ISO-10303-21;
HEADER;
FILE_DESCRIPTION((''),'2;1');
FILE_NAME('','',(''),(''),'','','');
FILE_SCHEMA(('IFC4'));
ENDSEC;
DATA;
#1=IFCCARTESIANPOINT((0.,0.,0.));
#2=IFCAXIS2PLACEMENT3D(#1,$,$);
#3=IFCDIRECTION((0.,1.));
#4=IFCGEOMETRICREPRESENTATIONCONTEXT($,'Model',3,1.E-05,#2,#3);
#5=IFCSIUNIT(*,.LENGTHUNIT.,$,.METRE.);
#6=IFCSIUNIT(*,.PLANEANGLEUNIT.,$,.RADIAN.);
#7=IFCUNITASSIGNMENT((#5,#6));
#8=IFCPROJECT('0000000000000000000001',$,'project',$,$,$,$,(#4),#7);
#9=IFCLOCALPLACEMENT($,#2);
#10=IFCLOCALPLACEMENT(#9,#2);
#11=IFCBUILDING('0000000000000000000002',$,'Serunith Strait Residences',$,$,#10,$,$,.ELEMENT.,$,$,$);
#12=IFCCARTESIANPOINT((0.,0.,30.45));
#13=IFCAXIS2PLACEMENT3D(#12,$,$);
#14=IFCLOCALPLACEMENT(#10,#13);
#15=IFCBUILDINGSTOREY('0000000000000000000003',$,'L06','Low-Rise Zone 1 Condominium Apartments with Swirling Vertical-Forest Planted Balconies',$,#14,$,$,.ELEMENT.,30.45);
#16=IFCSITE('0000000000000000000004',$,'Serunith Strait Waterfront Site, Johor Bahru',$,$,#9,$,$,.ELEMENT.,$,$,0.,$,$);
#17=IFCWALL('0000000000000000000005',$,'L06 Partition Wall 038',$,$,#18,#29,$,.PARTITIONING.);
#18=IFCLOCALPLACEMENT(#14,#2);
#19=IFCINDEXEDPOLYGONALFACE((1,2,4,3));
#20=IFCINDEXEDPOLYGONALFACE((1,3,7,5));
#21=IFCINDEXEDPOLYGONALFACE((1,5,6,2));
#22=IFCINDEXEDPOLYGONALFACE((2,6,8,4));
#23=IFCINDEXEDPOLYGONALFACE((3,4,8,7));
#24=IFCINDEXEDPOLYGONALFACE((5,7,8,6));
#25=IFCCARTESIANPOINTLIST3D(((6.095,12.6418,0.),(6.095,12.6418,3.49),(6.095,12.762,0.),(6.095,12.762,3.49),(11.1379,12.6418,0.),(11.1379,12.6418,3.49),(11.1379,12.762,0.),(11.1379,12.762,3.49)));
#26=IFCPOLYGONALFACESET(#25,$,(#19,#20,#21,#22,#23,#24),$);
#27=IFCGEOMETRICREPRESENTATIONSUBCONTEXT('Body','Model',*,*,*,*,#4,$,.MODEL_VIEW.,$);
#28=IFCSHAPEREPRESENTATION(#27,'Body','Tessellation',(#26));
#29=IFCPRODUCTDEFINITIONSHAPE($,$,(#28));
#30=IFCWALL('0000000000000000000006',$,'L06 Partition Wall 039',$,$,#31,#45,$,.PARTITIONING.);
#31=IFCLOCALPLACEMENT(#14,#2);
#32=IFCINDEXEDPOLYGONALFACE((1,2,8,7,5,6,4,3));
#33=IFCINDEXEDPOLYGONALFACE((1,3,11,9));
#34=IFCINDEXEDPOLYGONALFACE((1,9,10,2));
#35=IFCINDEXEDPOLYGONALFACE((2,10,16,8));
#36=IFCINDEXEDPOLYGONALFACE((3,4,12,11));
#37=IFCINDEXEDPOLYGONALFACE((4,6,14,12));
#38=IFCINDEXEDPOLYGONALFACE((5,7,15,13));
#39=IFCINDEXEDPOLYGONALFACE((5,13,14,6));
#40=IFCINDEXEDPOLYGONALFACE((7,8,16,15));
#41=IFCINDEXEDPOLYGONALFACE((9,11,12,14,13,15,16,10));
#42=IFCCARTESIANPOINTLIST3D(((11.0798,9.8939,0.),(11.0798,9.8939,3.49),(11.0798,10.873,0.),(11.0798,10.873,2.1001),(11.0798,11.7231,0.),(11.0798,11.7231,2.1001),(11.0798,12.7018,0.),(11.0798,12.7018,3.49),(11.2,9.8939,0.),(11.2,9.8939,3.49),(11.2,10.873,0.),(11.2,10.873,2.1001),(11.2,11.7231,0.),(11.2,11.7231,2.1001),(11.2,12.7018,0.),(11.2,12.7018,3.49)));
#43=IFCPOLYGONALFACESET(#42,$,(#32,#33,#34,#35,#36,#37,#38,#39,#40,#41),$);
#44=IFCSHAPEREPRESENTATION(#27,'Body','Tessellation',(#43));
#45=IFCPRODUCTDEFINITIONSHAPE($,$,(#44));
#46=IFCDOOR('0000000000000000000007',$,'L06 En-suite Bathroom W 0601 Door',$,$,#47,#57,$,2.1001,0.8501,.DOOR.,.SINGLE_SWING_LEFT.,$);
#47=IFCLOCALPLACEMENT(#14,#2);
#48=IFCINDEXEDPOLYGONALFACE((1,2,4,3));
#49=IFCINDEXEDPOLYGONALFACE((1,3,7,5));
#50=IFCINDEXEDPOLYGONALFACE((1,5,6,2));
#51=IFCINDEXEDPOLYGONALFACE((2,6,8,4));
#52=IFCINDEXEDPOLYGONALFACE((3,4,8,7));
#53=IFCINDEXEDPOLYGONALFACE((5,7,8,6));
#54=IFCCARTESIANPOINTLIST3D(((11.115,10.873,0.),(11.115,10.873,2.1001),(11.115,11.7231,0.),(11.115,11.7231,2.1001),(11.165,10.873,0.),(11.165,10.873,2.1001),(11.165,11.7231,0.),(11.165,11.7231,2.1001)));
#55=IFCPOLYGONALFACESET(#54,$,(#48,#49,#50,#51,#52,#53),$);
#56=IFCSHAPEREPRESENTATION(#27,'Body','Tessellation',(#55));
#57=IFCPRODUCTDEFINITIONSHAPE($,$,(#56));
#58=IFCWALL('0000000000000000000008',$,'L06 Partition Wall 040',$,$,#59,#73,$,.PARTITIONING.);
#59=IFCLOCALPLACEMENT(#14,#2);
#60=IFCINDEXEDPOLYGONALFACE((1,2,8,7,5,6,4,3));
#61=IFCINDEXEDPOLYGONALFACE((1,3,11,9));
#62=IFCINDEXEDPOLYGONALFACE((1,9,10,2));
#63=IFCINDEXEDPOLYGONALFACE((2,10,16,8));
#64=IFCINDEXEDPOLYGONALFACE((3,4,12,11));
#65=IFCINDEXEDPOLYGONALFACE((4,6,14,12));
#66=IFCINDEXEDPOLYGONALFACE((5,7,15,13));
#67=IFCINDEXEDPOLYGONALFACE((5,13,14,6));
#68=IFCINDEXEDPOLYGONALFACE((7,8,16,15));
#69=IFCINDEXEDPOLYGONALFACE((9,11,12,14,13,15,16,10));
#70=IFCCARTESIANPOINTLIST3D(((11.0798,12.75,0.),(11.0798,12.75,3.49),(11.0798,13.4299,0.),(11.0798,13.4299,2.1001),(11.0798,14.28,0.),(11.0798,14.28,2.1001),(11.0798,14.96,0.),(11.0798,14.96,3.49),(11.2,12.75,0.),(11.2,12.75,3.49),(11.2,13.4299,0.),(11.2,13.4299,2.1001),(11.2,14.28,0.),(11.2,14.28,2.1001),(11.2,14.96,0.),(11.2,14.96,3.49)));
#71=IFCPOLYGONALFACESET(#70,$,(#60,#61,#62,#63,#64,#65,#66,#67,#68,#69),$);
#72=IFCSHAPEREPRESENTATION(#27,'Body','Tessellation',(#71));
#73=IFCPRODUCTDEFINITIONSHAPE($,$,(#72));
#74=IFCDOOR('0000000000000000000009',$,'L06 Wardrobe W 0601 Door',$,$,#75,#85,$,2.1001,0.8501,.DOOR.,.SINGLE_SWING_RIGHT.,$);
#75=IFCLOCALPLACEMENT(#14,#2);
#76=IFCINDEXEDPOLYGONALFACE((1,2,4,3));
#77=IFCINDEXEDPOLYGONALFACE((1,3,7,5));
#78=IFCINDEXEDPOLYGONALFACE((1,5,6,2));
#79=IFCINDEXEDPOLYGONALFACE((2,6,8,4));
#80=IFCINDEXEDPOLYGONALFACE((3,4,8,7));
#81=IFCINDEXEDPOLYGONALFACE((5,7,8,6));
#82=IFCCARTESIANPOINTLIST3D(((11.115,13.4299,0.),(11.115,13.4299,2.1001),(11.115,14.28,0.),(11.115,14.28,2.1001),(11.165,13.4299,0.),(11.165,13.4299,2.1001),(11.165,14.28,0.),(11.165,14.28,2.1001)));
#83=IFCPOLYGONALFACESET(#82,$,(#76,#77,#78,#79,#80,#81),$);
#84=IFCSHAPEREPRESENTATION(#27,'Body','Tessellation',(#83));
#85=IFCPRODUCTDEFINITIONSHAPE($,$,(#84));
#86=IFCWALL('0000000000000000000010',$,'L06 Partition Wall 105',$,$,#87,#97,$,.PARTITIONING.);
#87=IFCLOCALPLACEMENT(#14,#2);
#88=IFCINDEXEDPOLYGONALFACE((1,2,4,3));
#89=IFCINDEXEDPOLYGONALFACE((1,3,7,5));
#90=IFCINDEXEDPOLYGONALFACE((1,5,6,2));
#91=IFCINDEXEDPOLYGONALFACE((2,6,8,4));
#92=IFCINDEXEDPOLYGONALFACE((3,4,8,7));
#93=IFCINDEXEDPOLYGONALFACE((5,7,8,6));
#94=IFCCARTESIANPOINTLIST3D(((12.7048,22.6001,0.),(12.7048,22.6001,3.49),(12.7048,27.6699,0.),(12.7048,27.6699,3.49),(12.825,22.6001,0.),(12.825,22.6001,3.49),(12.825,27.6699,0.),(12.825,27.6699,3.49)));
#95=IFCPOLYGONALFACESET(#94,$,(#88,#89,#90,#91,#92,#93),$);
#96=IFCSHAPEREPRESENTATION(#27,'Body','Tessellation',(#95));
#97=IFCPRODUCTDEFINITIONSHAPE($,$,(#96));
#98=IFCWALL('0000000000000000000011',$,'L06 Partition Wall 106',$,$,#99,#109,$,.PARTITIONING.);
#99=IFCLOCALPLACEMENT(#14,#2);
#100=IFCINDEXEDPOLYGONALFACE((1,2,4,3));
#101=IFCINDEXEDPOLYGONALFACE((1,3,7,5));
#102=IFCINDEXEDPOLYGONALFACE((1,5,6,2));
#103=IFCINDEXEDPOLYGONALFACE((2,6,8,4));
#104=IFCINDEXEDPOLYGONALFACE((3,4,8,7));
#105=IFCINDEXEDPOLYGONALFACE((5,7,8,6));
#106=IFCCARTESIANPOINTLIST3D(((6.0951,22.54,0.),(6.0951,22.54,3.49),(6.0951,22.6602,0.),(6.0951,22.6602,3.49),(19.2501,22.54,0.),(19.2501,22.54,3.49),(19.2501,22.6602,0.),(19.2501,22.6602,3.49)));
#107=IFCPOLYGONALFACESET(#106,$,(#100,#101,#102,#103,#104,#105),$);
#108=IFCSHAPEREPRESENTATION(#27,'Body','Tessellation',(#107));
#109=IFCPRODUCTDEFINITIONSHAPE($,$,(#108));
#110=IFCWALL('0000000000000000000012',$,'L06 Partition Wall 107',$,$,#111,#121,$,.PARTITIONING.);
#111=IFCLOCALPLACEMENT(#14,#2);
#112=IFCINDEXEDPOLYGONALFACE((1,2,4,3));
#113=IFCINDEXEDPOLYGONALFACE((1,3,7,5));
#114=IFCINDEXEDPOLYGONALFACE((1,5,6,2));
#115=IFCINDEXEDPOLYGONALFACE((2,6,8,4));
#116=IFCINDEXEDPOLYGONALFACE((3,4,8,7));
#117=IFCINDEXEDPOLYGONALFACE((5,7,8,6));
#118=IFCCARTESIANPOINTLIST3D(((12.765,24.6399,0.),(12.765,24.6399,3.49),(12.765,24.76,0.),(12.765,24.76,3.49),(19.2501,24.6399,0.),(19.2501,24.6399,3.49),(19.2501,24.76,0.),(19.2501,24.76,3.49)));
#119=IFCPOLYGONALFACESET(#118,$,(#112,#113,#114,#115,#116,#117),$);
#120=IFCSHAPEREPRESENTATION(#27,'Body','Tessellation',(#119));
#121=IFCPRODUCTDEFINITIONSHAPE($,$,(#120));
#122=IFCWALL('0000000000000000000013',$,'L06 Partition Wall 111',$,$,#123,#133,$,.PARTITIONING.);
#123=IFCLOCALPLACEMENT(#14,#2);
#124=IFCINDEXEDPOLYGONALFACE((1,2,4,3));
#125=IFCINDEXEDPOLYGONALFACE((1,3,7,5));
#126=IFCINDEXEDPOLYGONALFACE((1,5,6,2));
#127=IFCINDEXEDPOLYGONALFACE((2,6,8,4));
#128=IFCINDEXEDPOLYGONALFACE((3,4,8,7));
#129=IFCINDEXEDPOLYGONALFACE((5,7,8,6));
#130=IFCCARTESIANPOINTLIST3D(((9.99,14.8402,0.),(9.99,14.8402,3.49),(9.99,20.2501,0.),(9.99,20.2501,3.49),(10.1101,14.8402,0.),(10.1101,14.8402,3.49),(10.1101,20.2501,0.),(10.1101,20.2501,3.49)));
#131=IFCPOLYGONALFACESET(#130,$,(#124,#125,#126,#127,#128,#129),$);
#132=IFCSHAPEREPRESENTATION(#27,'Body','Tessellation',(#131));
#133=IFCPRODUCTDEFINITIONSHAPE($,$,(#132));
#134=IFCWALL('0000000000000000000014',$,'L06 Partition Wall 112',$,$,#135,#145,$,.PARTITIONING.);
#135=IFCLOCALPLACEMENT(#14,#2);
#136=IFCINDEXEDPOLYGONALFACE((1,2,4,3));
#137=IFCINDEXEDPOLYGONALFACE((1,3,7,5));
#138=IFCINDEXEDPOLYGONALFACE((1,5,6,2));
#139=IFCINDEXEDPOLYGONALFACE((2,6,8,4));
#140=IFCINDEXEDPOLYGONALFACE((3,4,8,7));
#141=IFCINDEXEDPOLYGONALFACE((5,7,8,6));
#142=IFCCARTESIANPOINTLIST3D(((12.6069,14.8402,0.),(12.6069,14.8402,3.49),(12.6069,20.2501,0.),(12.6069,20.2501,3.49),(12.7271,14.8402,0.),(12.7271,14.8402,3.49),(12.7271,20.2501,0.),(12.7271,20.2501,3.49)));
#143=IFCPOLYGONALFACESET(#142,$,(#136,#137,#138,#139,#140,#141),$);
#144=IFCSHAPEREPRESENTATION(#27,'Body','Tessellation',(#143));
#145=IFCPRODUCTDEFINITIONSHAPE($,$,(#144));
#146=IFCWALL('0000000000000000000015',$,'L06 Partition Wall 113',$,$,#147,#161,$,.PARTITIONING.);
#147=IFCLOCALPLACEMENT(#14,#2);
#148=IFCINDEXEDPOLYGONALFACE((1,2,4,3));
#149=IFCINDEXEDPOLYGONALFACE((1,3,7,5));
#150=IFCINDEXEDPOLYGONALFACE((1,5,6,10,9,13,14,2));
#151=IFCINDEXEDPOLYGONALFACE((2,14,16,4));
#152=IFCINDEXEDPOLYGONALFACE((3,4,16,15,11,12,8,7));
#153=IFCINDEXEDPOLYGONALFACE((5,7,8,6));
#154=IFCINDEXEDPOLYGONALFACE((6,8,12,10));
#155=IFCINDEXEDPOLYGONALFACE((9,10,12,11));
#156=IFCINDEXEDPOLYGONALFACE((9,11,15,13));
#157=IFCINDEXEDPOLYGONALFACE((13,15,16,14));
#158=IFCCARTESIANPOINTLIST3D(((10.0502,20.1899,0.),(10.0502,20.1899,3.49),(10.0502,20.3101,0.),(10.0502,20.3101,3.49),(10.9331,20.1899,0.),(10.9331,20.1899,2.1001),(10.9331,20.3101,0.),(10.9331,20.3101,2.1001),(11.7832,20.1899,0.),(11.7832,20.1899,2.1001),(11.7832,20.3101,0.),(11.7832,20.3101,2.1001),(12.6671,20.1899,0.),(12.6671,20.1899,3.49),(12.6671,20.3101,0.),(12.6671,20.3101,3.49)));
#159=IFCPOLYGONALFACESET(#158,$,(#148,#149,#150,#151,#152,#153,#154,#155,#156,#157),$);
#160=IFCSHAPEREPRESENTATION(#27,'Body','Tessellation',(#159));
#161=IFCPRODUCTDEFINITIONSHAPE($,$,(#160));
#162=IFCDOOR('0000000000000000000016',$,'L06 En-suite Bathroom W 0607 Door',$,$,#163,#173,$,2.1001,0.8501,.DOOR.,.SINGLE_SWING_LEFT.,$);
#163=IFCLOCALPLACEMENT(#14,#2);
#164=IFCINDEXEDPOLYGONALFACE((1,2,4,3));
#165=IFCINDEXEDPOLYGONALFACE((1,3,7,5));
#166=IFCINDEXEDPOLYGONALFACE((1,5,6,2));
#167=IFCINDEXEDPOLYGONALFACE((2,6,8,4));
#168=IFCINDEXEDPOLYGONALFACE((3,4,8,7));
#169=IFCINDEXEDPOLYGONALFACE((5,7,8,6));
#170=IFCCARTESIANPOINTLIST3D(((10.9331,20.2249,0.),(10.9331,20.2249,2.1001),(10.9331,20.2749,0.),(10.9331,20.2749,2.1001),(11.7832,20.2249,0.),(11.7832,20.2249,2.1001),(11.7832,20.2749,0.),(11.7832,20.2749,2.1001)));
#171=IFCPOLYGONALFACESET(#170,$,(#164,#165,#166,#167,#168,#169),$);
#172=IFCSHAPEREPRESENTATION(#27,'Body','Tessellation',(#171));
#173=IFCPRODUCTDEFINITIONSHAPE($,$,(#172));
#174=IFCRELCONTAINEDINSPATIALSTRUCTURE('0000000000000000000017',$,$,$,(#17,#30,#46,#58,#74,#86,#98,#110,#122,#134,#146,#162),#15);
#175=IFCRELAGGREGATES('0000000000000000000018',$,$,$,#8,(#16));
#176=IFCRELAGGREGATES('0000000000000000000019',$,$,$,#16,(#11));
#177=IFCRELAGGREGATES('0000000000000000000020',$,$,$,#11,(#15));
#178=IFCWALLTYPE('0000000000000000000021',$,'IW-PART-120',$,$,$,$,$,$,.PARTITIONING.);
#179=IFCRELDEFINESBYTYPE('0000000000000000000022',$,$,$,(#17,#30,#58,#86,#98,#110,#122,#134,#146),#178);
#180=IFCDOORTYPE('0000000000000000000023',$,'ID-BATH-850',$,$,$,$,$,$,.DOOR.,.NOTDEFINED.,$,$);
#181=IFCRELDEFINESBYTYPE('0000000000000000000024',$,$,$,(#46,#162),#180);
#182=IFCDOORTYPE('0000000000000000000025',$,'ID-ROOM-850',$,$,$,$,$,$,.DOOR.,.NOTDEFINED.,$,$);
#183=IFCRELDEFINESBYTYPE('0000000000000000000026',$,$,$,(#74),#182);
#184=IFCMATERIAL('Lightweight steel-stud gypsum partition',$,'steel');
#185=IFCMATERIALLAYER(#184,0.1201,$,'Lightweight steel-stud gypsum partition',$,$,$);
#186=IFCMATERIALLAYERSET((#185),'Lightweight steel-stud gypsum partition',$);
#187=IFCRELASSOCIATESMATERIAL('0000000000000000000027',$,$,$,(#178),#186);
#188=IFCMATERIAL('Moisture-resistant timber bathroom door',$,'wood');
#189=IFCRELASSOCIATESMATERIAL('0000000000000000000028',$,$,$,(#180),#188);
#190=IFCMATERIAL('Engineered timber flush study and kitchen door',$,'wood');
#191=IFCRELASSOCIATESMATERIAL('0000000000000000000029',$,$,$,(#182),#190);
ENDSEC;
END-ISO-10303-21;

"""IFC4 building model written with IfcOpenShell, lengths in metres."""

from ifc_helpers import new_model, si_unit, direction, frame, frame_2d, origin, place, context, subcontext, project, spatial, rectangle, extrude, source, transform, mapped, material, layer, layer_set, type_object, element, fill, save


model = new_model("IFC4")

# Units and contexts
model_context = context("Model", 3, precision=1e-05, world=origin(), true_north=direction((0.0, 1.0)))
body_context = subcontext(model_context, "Body", "Model", "MODEL_VIEW")
ifc_project = project(units=[si_unit("LENGTHUNIT", "METRE"), si_unit("PLANEANGLEUNIT", "RADIAN")], contexts=[model_context])

# Site, building, storey
site_placement = place(None, origin())
site = spatial("IfcSite", under=ifc_project, at=site_placement, Name="Serunith Strait Waterfront Site, Johor Bahru", CompositionType="ELEMENT", RefElevation=0.0)
building_placement = place(site_placement, origin())
building = spatial("IfcBuilding", under=site, at=building_placement, Name="Serunith Strait Residences", CompositionType="ELEMENT")
storey_placement = place(building_placement, frame((0.0, 0.0, 30.45)))
storey = spatial("IfcBuildingStorey", under=building, at=storey_placement, Name="L06", Description="Low-Rise Zone 1 Condominium Apartments with Swirling Vertical-Forest Planted Balconies", CompositionType="ELEMENT", Elevation=30.45)

# Shared definitions
ifc_material_1 = material(Name="Lightweight steel-stud gypsum partition", Category="steel")
ifc_layer_1 = layer(ifc_material_1, 0.1201, Name="Lightweight steel-stud gypsum partition")
ifc_layer_set_1 = layer_set([ifc_layer_1], Name="Lightweight steel-stud gypsum partition")
wall_type_1 = type_object("IfcWallType", Name="IW-PART-120", PredefinedType="PARTITIONING", material=ifc_layer_set_1)
ifc_material_2 = material(Name="Moisture-resistant timber bathroom door", Category="wood")
door_type_1 = type_object("IfcDoorType", Name="ID-BATH-850", OperationType="NOTDEFINED", PredefinedType="DOOR", material=ifc_material_2)
shared_shape_1 = source(origin(), body_context, "Body", "SweptSolid", [
    extrude(rectangle(XDim=0.8501, YDim=2.1001, at=frame_2d((0.425, 1.05))), frame((0.0, 0.0249, 0.0), z_axis=(0.0, -1.0, 0.0), x_axis=(1.0, 0.0, 0.0)), (0.0, 0.0, 1.0), 0.05),
])

# Wall
wall_1_placement = place(storey_placement, frame((6.095, 12.7019, 0.0), z_axis=(0.0, 0.0, 1.0), x_axis=(1.0, 0.0, 0.0)))
element("IfcWall", 1, at=wall_1_placement, inside=storey, type_object=wall_type_1, Name="L06 Partition Wall 038", PredefinedType="PARTITIONING", context=body_context, shape_type="SweptSolid", body=[
    extrude(rectangle(XDim=5.043, YDim=0.1201, at=frame_2d((2.5215, 0.0))), origin(), (0.0, 0.0, 1.0), 3.49),
])

# Walls, openings, doors
wall_2_placement = place(storey_placement, frame((11.1399, 9.894, 0.0), z_axis=(0.0, 0.0, 1.0), x_axis=(0.0, 1.0, 0.0)))
wall_2 = element("IfcWall", 2, at=wall_2_placement, inside=storey, type_object=wall_type_1, Name="L06 Partition Wall 039", PredefinedType="PARTITIONING", context=body_context, shape_type="SweptSolid", body=[
    extrude(rectangle(XDim=2.8079, YDim=0.1201, at=frame_2d((1.4038, 0.0))), origin(), (0.0, 0.0, 1.0), 3.49),
])
opening_1_placement = place(wall_2_placement, frame((0.979, 0.0, 0.0)))
opening_1 = element("IfcOpeningElement", 3, at=opening_1_placement, cuts=wall_2, PredefinedType="OPENING", context=body_context, shape_type="SweptSolid", body=[
    extrude(rectangle(XDim=0.8501, YDim=2.1001, at=frame_2d((0.425, 1.05))), frame((0.0, 0.0701, 0.0), z_axis=(0.0, -1.0, 0.0), x_axis=(1.0, 0.0, 0.0)), (0.0, 0.0, 1.0), 0.1401),
])
door_1_placement = place(opening_1_placement, origin())
door_1 = element("IfcDoor", 4, at=door_1_placement, inside=storey, type_object=door_type_1, Name="L06 En-suite Bathroom W 0601 Door", OperationType="SINGLE_SWING_LEFT", OverallHeight=2.1001, OverallWidth=0.8501, PredefinedType="DOOR", context=body_context, shape_type="MappedRepresentation", body=[
    mapped(shared_shape_1, transform((0.0, 0.0, 0.0), scale=1.0)),
])
fill(opening_1, door_1)
wall_3_placement = place(storey_placement, frame((11.1399, 12.75, 0.0), z_axis=(0.0, 0.0, 1.0), x_axis=(0.0, 1.0, 0.0)))
wall_3 = element("IfcWall", 5, at=wall_3_placement, inside=storey, type_object=wall_type_1, Name="L06 Partition Wall 040", PredefinedType="PARTITIONING", context=body_context, shape_type="SweptSolid", body=[
    extrude(rectangle(XDim=2.21, YDim=0.1201, at=frame_2d((1.105, 0.0))), origin(), (0.0, 0.0, 1.0), 3.49),
])
opening_2_placement = place(wall_3_placement, frame((0.6799, 0.0, 0.0)))
opening_2 = element("IfcOpeningElement", 6, at=opening_2_placement, cuts=wall_3, PredefinedType="OPENING", context=body_context, shape_type="SweptSolid", body=[
    extrude(rectangle(XDim=0.8501, YDim=2.1001, at=frame_2d((0.425, 1.05))), frame((0.0, 0.0701, 0.0), z_axis=(0.0, -1.0, 0.0), x_axis=(1.0, 0.0, 0.0)), (0.0, 0.0, 1.0), 0.1401),
])
ifc_material_3 = material(Name="Engineered timber flush study and kitchen door", Category="wood")
door_type_2 = type_object("IfcDoorType", Name="ID-ROOM-850", OperationType="NOTDEFINED", PredefinedType="DOOR", material=ifc_material_3)
door_2_placement = place(opening_2_placement, origin())
door_2 = element("IfcDoor", 7, at=door_2_placement, inside=storey, type_object=door_type_2, Name="L06 Wardrobe W 0601 Door", OperationType="SINGLE_SWING_RIGHT", OverallHeight=2.1001, OverallWidth=0.8501, PredefinedType="DOOR", context=body_context, shape_type="MappedRepresentation", body=[
    mapped(shared_shape_1, transform((0.0, 0.0, 0.0), scale=1.0)),
])
fill(opening_2, door_2)

# Walls
wall_4_placement = place(storey_placement, frame((12.7649, 22.6001, 0.0), z_axis=(0.0, 0.0, 1.0), x_axis=(0.0, 1.0, 0.0)))
element("IfcWall", 8, at=wall_4_placement, inside=storey, type_object=wall_type_1, Name="L06 Partition Wall 105", PredefinedType="PARTITIONING", context=body_context, shape_type="SweptSolid", body=[
    extrude(rectangle(XDim=5.0698, YDim=0.1201, at=frame_2d((2.5349, 0.0))), origin(), (0.0, 0.0, 1.0), 3.49),
])
wall_5_placement = place(storey_placement, frame((6.095, 22.6001, 0.0), z_axis=(0.0, 0.0, 1.0), x_axis=(1.0, 0.0, 0.0)))
element("IfcWall", 9, at=wall_5_placement, inside=storey, type_object=wall_type_1, Name="L06 Partition Wall 106", PredefinedType="PARTITIONING", context=body_context, shape_type="SweptSolid", body=[
    extrude(rectangle(XDim=13.155, YDim=0.1201, at=frame_2d((6.5776, 0.0))), origin(), (0.0, 0.0, 1.0), 3.49),
])
wall_6_placement = place(storey_placement, frame((12.7649, 24.7, 0.0), z_axis=(0.0, 0.0, 1.0), x_axis=(1.0, 0.0, 0.0)))
element("IfcWall", 10, at=wall_6_placement, inside=storey, type_object=wall_type_1, Name="L06 Partition Wall 107", PredefinedType="PARTITIONING", context=body_context, shape_type="SweptSolid", body=[
    extrude(rectangle(XDim=6.4851, YDim=0.1201, at=frame_2d((3.2427, 0.0))), origin(), (0.0, 0.0, 1.0), 3.49),
])
for number, where, z_axis, x_axis, name in (
    (11, (10.05, 14.8401, 0.0), (0.0, 0.0, 1.0), (0.0, 1.0, 0.0), "L06 Partition Wall 111"),
    (12, (12.667, 14.8401, 0.0), (0.0, 0.0, 1.0), (0.0, 1.0, 0.0), "L06 Partition Wall 112"),
):
    element("IfcWall", number, at=place(storey_placement, frame(where, z_axis=z_axis, x_axis=x_axis)), inside=storey, type_object=wall_type_1, Name=name, PredefinedType="PARTITIONING", context=body_context, shape_type="SweptSolid", body=[
        extrude(rectangle(XDim=5.4099, YDim=0.1201, at=frame_2d((2.7051, 0.0))), origin(), (0.0, 0.0, 1.0), 3.49),
    ])

# Wall, opening, door
wall_7_placement = place(storey_placement, frame((10.05, 20.25, 0.0), z_axis=(0.0, 0.0, 1.0), x_axis=(1.0, 0.0, 0.0)))
wall_7 = element("IfcWall", 13, at=wall_7_placement, inside=storey, type_object=wall_type_1, Name="L06 Partition Wall 113", PredefinedType="PARTITIONING", context=body_context, shape_type="SweptSolid", body=[
    extrude(rectangle(XDim=2.6169, YDim=0.1201, at=frame_2d((1.3086, 0.0))), origin(), (0.0, 0.0, 1.0), 3.49),
])
opening_3_placement = place(wall_7_placement, frame((0.8831, 0.0, 0.0)))
opening_3 = element("IfcOpeningElement", 14, at=opening_3_placement, cuts=wall_7, PredefinedType="OPENING", context=body_context, shape_type="SweptSolid", body=[
    extrude(rectangle(XDim=0.8501, YDim=2.1001, at=frame_2d((0.425, 1.05))), frame((0.0, 0.0701, 0.0), z_axis=(0.0, -1.0, 0.0), x_axis=(1.0, 0.0, 0.0)), (0.0, 0.0, 1.0), 0.1401),
])
door_3_placement = place(opening_3_placement, origin())
door_3 = element("IfcDoor", 15, at=door_3_placement, inside=storey, type_object=door_type_1, Name="L06 En-suite Bathroom W 0607 Door", OperationType="SINGLE_SWING_LEFT", OverallHeight=2.1001, OverallWidth=0.8501, PredefinedType="DOOR", context=body_context, shape_type="MappedRepresentation", body=[
    mapped(shared_shape_1, transform((0.0, 0.0, 0.0), scale=1.0)),
])
fill(opening_3, door_3)

save(model, "model.ifc")
